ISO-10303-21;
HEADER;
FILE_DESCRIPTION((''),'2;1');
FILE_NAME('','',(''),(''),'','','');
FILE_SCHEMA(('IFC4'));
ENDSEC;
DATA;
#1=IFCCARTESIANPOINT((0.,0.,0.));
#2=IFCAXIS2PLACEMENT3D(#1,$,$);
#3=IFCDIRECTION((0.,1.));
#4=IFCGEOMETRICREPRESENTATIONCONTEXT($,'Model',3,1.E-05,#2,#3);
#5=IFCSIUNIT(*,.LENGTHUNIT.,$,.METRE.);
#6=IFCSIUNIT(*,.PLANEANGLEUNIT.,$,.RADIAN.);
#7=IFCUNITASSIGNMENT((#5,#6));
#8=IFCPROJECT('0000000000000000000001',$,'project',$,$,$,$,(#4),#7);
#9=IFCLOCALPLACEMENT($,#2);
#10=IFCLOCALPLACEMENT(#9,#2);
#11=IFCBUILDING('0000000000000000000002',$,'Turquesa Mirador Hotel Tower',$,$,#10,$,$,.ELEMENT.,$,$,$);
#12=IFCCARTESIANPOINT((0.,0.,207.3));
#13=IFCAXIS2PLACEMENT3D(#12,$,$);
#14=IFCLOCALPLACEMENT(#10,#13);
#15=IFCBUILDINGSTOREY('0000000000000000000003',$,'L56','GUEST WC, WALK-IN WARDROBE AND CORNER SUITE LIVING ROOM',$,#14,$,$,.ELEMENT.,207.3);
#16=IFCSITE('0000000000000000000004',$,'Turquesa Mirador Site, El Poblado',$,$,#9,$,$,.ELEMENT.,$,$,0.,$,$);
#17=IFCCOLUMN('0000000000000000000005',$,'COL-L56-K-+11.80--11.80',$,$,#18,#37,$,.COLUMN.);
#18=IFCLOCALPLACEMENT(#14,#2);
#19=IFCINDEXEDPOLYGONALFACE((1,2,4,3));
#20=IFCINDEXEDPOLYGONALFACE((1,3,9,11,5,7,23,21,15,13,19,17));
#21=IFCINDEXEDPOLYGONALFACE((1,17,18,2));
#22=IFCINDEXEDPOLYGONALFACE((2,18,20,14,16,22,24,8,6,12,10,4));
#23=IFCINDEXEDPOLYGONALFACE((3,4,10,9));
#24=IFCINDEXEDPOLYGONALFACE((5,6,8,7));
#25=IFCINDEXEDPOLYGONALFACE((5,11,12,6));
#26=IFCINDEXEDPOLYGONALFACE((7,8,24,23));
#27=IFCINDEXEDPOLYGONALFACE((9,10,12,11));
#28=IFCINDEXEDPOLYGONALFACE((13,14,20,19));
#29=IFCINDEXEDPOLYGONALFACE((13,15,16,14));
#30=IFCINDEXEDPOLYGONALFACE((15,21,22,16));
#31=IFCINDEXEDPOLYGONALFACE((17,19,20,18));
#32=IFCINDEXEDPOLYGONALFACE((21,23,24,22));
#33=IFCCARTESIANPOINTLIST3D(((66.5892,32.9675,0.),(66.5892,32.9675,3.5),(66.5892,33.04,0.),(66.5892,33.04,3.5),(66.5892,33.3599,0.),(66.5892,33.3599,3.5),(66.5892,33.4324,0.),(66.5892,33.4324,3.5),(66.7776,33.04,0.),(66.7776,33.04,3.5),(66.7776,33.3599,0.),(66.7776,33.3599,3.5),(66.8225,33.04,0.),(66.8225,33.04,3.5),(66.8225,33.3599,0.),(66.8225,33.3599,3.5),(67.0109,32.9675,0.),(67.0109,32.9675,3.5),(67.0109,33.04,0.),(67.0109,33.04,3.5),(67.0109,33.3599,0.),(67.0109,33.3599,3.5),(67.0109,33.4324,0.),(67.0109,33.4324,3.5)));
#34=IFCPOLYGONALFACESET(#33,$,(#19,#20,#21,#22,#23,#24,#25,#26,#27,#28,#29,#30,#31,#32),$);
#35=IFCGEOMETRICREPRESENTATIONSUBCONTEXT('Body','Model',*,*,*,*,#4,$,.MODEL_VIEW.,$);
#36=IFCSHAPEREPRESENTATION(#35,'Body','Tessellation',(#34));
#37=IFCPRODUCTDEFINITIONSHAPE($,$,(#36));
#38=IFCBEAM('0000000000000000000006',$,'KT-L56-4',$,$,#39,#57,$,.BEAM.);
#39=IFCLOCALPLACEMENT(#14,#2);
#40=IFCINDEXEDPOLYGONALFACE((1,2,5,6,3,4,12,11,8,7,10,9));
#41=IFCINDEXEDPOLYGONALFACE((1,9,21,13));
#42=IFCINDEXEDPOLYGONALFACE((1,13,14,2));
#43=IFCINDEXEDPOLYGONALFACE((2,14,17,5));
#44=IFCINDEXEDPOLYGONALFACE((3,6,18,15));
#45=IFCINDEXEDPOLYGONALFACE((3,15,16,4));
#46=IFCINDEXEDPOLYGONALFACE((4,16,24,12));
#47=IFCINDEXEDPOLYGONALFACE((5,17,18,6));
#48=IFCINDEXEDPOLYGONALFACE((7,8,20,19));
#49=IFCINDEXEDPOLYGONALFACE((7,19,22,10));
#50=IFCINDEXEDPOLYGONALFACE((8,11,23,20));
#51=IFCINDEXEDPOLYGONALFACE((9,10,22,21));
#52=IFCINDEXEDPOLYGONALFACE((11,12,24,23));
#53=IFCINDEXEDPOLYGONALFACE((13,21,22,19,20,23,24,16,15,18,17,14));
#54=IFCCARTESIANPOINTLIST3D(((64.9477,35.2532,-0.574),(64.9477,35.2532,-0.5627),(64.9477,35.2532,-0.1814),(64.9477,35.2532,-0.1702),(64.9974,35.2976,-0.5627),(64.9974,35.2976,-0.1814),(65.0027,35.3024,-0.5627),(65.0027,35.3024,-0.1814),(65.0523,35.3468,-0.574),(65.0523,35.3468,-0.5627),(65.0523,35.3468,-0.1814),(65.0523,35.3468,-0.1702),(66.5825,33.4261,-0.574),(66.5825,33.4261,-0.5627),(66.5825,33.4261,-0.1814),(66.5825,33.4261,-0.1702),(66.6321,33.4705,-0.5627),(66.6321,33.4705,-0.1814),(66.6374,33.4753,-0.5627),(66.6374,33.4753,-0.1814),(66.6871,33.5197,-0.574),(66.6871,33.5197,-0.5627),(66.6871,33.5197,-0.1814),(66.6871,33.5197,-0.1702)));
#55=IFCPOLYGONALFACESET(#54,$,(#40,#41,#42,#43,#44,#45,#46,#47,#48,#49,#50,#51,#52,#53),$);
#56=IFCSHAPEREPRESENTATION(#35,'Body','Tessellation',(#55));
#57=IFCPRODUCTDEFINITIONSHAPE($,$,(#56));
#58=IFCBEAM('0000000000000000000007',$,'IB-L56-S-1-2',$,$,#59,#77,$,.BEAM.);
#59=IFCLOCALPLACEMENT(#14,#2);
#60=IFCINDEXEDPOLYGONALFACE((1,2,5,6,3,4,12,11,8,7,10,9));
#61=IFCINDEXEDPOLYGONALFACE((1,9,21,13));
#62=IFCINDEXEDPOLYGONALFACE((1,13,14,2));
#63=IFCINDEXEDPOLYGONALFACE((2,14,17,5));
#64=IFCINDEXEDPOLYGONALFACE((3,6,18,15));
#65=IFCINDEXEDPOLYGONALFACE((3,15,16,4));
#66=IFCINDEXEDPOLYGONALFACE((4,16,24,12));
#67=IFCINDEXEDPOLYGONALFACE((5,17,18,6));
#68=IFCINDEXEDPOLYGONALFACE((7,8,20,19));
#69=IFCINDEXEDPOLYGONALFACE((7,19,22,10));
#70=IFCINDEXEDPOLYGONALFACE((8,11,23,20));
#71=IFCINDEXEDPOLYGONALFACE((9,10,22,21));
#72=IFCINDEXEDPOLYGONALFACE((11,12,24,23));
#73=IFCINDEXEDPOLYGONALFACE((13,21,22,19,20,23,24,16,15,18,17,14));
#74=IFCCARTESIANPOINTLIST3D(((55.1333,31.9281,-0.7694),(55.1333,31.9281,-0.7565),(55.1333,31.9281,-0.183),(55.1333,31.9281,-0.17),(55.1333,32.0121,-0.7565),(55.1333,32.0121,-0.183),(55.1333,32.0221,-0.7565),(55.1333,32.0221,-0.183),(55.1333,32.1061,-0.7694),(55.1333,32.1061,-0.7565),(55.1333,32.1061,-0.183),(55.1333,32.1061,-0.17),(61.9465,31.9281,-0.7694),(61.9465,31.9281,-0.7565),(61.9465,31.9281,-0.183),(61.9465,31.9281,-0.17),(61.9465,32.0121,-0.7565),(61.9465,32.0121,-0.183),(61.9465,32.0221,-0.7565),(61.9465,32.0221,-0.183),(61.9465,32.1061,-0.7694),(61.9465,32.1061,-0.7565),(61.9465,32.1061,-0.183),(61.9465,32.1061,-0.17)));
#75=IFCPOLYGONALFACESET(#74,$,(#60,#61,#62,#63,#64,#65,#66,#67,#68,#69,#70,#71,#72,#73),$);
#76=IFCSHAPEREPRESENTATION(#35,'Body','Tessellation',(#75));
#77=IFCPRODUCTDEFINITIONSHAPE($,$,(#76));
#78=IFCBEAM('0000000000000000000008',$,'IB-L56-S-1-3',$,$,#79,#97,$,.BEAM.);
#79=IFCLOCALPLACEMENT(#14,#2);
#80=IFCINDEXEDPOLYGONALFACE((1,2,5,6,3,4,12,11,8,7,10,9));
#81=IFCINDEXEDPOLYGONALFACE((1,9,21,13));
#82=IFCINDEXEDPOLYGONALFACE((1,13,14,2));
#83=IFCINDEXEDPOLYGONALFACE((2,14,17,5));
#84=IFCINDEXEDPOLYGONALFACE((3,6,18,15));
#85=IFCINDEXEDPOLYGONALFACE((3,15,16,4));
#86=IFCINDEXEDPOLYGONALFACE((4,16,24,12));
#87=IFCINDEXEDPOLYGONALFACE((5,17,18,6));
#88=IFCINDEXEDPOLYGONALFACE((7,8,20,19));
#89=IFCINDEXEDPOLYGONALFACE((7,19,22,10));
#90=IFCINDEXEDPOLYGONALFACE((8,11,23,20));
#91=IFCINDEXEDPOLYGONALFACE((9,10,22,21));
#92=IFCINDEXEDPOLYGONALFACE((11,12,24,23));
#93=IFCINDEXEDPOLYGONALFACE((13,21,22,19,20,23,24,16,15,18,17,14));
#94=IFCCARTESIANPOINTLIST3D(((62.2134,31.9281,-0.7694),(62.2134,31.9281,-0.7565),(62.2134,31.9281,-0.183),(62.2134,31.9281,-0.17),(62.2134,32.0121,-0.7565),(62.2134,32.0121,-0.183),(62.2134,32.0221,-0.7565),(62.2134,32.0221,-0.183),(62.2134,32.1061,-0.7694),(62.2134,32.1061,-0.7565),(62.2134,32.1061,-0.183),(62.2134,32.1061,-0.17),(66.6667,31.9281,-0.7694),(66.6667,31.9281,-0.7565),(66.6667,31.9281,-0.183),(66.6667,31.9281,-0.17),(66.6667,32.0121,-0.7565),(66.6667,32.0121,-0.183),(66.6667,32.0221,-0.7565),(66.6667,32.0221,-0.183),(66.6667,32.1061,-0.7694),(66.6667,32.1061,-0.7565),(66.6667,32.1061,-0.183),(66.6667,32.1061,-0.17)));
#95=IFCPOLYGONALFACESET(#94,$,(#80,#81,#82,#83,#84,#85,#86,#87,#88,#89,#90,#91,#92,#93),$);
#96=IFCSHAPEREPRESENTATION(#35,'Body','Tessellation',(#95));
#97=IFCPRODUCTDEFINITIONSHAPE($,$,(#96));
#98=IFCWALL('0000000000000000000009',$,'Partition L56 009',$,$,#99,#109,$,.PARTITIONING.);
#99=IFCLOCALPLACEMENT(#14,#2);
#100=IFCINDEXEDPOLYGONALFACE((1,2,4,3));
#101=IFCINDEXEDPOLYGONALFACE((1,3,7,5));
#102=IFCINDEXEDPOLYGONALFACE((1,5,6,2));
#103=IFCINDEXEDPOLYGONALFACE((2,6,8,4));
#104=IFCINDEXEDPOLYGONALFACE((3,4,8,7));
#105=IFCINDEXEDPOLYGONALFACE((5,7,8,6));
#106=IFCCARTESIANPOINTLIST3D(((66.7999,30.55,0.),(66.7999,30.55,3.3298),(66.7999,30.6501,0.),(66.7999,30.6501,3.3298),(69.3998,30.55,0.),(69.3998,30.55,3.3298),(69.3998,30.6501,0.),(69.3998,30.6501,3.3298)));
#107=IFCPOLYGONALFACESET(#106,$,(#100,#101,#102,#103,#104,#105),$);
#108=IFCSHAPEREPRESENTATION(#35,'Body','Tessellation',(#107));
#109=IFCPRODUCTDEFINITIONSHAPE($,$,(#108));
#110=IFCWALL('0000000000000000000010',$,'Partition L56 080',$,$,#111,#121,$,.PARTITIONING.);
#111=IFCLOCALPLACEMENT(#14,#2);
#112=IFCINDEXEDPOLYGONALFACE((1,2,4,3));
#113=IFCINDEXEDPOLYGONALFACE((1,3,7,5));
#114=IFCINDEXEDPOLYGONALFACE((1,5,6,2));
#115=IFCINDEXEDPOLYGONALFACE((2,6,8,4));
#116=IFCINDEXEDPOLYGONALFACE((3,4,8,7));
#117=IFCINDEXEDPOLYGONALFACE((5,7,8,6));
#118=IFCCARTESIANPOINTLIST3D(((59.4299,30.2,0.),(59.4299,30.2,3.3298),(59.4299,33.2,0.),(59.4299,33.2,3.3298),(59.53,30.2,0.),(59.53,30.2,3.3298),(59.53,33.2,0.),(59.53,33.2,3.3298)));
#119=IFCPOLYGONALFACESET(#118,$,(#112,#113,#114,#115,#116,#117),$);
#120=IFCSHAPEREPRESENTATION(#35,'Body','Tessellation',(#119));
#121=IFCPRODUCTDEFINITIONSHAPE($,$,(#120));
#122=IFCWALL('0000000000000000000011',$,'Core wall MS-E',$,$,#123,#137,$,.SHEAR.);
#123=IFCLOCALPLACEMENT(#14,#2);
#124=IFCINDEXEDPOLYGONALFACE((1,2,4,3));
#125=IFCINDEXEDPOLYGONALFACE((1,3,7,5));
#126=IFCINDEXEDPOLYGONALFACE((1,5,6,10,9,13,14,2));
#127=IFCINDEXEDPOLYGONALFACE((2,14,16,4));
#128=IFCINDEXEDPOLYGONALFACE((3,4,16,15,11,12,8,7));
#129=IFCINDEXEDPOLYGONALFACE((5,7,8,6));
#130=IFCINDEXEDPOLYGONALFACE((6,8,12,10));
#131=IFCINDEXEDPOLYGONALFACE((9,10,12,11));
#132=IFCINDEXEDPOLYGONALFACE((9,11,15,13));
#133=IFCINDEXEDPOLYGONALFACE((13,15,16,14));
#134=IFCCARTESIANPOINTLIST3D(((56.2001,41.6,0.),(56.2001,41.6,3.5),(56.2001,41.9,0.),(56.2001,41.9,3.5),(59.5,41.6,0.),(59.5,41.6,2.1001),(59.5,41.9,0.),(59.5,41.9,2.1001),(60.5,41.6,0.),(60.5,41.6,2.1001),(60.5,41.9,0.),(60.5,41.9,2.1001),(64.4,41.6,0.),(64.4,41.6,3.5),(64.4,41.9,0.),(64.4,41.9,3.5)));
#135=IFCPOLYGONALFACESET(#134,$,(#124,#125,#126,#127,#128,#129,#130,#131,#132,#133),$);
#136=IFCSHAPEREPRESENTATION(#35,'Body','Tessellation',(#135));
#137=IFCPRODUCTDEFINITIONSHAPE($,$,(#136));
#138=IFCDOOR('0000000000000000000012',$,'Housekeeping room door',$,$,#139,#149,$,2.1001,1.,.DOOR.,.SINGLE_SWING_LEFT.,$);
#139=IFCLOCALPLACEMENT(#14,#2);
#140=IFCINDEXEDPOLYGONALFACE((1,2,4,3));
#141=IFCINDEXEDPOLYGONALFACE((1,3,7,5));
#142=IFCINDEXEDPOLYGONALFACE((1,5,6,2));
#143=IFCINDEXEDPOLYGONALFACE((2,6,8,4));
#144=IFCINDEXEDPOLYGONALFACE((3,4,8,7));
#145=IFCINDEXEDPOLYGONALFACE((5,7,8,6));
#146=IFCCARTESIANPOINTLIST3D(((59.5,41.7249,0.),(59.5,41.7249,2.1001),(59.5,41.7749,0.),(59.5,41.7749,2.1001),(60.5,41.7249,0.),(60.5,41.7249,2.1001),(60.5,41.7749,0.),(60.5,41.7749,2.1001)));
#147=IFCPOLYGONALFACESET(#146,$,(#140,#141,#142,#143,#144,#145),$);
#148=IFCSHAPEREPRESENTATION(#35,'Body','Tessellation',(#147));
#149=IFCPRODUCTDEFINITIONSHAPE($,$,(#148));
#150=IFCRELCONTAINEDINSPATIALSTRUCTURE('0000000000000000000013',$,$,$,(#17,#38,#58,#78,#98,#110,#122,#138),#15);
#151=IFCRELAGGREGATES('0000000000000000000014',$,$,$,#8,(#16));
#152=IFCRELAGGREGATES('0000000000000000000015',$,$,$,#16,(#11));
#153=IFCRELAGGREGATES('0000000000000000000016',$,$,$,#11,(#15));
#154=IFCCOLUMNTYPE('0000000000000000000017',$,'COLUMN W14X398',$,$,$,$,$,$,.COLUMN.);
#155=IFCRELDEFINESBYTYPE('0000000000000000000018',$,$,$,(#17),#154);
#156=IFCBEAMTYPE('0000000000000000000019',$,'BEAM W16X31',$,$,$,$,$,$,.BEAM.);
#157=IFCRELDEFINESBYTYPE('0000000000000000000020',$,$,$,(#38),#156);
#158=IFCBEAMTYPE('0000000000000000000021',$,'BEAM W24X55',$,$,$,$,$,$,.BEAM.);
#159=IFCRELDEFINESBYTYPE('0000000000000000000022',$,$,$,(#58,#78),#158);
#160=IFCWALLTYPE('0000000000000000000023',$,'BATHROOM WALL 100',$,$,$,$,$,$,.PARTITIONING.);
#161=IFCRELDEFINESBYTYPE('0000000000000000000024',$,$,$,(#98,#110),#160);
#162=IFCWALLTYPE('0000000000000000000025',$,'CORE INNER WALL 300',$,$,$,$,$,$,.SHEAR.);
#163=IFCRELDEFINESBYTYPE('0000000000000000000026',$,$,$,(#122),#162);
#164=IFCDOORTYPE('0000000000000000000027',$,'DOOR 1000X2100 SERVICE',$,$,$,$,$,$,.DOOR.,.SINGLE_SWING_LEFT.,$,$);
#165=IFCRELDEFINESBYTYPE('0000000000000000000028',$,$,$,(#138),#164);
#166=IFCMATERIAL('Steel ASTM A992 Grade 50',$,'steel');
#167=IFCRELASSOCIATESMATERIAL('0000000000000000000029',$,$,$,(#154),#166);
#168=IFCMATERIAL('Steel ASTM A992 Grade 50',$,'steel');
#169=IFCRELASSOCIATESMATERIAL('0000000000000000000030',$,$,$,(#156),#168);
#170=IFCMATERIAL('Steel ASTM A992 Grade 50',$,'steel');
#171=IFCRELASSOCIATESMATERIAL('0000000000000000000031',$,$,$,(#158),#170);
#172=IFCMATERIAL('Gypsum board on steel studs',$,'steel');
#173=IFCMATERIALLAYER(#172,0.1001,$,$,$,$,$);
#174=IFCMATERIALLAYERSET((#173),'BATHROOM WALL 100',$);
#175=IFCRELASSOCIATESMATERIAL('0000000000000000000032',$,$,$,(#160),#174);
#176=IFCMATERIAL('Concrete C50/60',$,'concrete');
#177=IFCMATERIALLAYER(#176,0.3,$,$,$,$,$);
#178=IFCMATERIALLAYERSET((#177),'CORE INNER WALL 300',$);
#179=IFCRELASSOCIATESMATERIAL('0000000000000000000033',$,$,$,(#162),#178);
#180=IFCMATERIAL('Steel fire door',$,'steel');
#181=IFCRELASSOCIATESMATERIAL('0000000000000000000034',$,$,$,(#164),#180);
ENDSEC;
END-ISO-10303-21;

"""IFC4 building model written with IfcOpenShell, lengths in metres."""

from ifc_helpers import new_model, si_unit, direction, frame, frame_2d, origin, origin_2d, place, context, subcontext, project, spatial, rectangle, i_section, extrude, material, layer, layer_set, material_profile, profile_set, type_object, element, fill, save


model = new_model("IFC4")

# Units and contexts
model_context = context("Model", 3, precision=1e-05, world=origin(), true_north=direction((0.0, 1.0)))
body_context = subcontext(model_context, "Body", "Model", "MODEL_VIEW")
ifc_project = project(units=[si_unit("LENGTHUNIT", "METRE"), si_unit("PLANEANGLEUNIT", "RADIAN")], contexts=[model_context])

# Site, building, storey
site_placement = place(None, origin())
site = spatial("IfcSite", under=ifc_project, at=site_placement, Name="Turquesa Mirador Site, El Poblado", CompositionType="ELEMENT", RefElevation=0.0)
building_placement = place(site_placement, origin())
building = spatial("IfcBuilding", under=site, at=building_placement, Name="Turquesa Mirador Hotel Tower", CompositionType="ELEMENT")
storey_placement = place(building_placement, frame((0.0, 0.0, 207.3)))
storey = spatial("IfcBuildingStorey", under=building, at=storey_placement, Name="L56", Description="GUEST WC, WALK-IN WARDROBE AND CORNER SUITE LIVING ROOM", CompositionType="ELEMENT", Elevation=207.3)

# Column
ifc_material_1 = material(Name="Steel ASTM A992 Grade 50", Category="steel")
ifc_material_profile_1 = material_profile(ifc_material_1, i_section(OverallWidth=0.4216, OverallDepth=0.4648, WebThickness=0.0449, FlangeThickness=0.0725, at=origin_2d()), Name="W14X398")
ifc_profile_set_1 = profile_set([ifc_material_profile_1], Name="Steel ASTM A992 Grade 50")
column_type = type_object("IfcColumnType", Name="COLUMN W14X398", PredefinedType="COLUMN", material=ifc_profile_set_1)
column_placement = place(storey_placement, frame((66.8, 33.2, 0.0), z_axis=(0.0, 0.0, 1.0), x_axis=(1.0, 0.0, 0.0)))
element("IfcColumn", 1, at=column_placement, inside=storey, type_object=column_type, Name="COL-L56-K-+11.80--11.80", PredefinedType="COLUMN", context=body_context, shape_type="SweptSolid", body=[
    extrude(i_section(OverallWidth=0.4216, OverallDepth=0.4648, WebThickness=0.0449, FlangeThickness=0.0725, at=origin_2d()), origin(), (0.0, 0.0, 1.0), 3.5),
])

# Beams
ifc_material_2 = material(Name="Steel ASTM A992 Grade 50", Category="steel")
ifc_material_profile_2 = material_profile(ifc_material_2, i_section(OverallWidth=0.1404, OverallDepth=0.4038, WebThickness=0.0071, FlangeThickness=0.0112, at=origin_2d()), Name="W16X31")
ifc_profile_set_2 = profile_set([ifc_material_profile_2], Name="Steel ASTM A992 Grade 50")
beam_type_1 = type_object("IfcBeamType", Name="BEAM W16X31", PredefinedType="BEAM", material=ifc_profile_set_2)
beam_1_placement = place(storey_placement, frame((66.6348, 33.4729, -0.3721), z_axis=(-0.666783, 0.745252, 0.0), x_axis=(-0.745252, -0.666783, 0.0)))
element("IfcBeam", 2, at=beam_1_placement, inside=storey, type_object=beam_type_1, Name="KT-L56-4", PredefinedType="BEAM", context=body_context, shape_type="SweptSolid", body=[
    extrude(i_section(OverallWidth=0.1404, OverallDepth=0.4038, WebThickness=0.0071, FlangeThickness=0.0112, at=origin_2d()), origin(), (0.0, 0.0, 1.0), 2.4517),
])
ifc_material_3 = material(Name="Steel ASTM A992 Grade 50", Category="steel")
ifc_material_profile_3 = material_profile(ifc_material_3, i_section(OverallWidth=0.178, OverallDepth=0.5994, WebThickness=0.01, FlangeThickness=0.0129, at=origin_2d()), Name="W24X55")
ifc_profile_set_3 = profile_set([ifc_material_profile_3], Name="Steel ASTM A992 Grade 50")
beam_type_2 = type_object("IfcBeamType", Name="BEAM W24X55", PredefinedType="BEAM", material=ifc_profile_set_3)
beam_2_placement = place(storey_placement, frame((55.1333, 32.0171, -0.4697), z_axis=(1.0, 0.0, 0.0), x_axis=(0.0, 1.0, 0.0)))
element("IfcBeam", 3, at=beam_2_placement, inside=storey, type_object=beam_type_2, Name="IB-L56-S-1-2", PredefinedType="BEAM", context=body_context, shape_type="SweptSolid", body=[
    extrude(i_section(OverallWidth=0.178, OverallDepth=0.5994, WebThickness=0.01, FlangeThickness=0.0129, at=origin_2d()), origin(), (0.0, 0.0, 1.0), 6.8132),
])
beam_3_placement = place(storey_placement, frame((62.2134, 32.0171, -0.4697), z_axis=(1.0, 0.0, 0.0), x_axis=(0.0, 1.0, 0.0)))
element("IfcBeam", 4, at=beam_3_placement, inside=storey, type_object=beam_type_2, Name="IB-L56-S-1-3", PredefinedType="BEAM", context=body_context, shape_type="SweptSolid", body=[
    extrude(i_section(OverallWidth=0.178, OverallDepth=0.5994, WebThickness=0.01, FlangeThickness=0.0129, at=origin_2d()), origin(), (0.0, 0.0, 1.0), 4.4534),
])

# Walls
ifc_material_4 = material(Name="Gypsum board on steel studs", Category="steel")
ifc_layer_1 = layer(ifc_material_4, 0.1001)
ifc_layer_set_1 = layer_set([ifc_layer_1], Name="BATHROOM WALL 100")
wall_type_1 = type_object("IfcWallType", Name="BATHROOM WALL 100", PredefinedType="PARTITIONING", material=ifc_layer_set_1)
wall_1_placement = place(storey_placement, frame((66.8, 30.6001, 0.0), z_axis=(0.0, 0.0, 1.0), x_axis=(1.0, 0.0, 0.0)))
element("IfcWall", 5, at=wall_1_placement, inside=storey, type_object=wall_type_1, Name="Partition L56 009", PredefinedType="PARTITIONING", context=body_context, shape_type="SweptSolid", body=[
    extrude(rectangle(XDim=2.5999, YDim=0.1001, at=frame_2d((1.2998, 0.0))), origin(), (0.0, 0.0, 1.0), 3.3298),
])
wall_2_placement = place(storey_placement, frame((59.48, 30.2, 0.0), z_axis=(0.0, 0.0, 1.0), x_axis=(0.0, 1.0, 0.0)))
element("IfcWall", 6, at=wall_2_placement, inside=storey, type_object=wall_type_1, Name="Partition L56 080", PredefinedType="PARTITIONING", context=body_context, shape_type="SweptSolid", body=[
    extrude(rectangle(XDim=3.0, YDim=0.1001, at=frame_2d((1.5, 0.0))), origin(), (0.0, 0.0, 1.0), 3.3298),
])

# Wall, opening, door
ifc_material_5 = material(Name="Concrete C50/60", Category="concrete")
ifc_layer_2 = layer(ifc_material_5, 0.3)
ifc_layer_set_2 = layer_set([ifc_layer_2], Name="CORE INNER WALL 300")
wall_type_2 = type_object("IfcWallType", Name="CORE INNER WALL 300", PredefinedType="SHEAR", material=ifc_layer_set_2)
wall_3_placement = place(storey_placement, frame((56.2, 41.75, 0.0), z_axis=(0.0, 0.0, 1.0), x_axis=(1.0, 0.0, 0.0)))
wall_3 = element("IfcWall", 7, at=wall_3_placement, inside=storey, type_object=wall_type_2, Name="Core wall MS-E", PredefinedType="SHEAR", context=body_context, shape_type="SweptSolid", body=[
    extrude(rectangle(XDim=8.2, YDim=0.3, at=frame_2d((4.1001, 0.0))), origin(), (0.0, 0.0, 1.0), 3.5),
])
opening_1_placement = place(wall_3_placement, frame((3.3, 0.0, 0.0)))
opening_1 = element("IfcOpeningElement", 8, at=opening_1_placement, cuts=wall_3, PredefinedType="OPENING", context=body_context, shape_type="SweptSolid", body=[
    extrude(rectangle(XDim=1.0, YDim=2.1001, at=frame_2d((0.5, 1.05))), frame((0.0, 0.1599, 0.0), z_axis=(0.0, -1.0, 0.0), x_axis=(1.0, 0.0, 0.0)), (0.0, 0.0, 1.0), 0.3201),
])
ifc_material_6 = material(Name="Steel fire door", Category="steel")
door_type_1 = type_object("IfcDoorType", Name="DOOR 1000X2100 SERVICE", OperationType="SINGLE_SWING_LEFT", PredefinedType="DOOR", material=ifc_material_6)
door_1_placement = place(opening_1_placement, origin())
door_1 = element("IfcDoor", 9, at=door_1_placement, inside=storey, type_object=door_type_1, Name="Housekeeping room door", OperationType="SINGLE_SWING_LEFT", OverallHeight=2.1001, OverallWidth=1.0, PredefinedType="DOOR", context=body_context, shape_type="SweptSolid", body=[
    extrude(rectangle(XDim=1.0, YDim=2.1001, at=frame_2d((0.5, 1.05))), frame((0.0, 0.0249, 0.0), z_axis=(0.0, -1.0, 0.0), x_axis=(1.0, 0.0, 0.0)), (0.0, 0.0, 1.0), 0.05),
])
fill(opening_1, door_1)

save(model, "model.ifc")
